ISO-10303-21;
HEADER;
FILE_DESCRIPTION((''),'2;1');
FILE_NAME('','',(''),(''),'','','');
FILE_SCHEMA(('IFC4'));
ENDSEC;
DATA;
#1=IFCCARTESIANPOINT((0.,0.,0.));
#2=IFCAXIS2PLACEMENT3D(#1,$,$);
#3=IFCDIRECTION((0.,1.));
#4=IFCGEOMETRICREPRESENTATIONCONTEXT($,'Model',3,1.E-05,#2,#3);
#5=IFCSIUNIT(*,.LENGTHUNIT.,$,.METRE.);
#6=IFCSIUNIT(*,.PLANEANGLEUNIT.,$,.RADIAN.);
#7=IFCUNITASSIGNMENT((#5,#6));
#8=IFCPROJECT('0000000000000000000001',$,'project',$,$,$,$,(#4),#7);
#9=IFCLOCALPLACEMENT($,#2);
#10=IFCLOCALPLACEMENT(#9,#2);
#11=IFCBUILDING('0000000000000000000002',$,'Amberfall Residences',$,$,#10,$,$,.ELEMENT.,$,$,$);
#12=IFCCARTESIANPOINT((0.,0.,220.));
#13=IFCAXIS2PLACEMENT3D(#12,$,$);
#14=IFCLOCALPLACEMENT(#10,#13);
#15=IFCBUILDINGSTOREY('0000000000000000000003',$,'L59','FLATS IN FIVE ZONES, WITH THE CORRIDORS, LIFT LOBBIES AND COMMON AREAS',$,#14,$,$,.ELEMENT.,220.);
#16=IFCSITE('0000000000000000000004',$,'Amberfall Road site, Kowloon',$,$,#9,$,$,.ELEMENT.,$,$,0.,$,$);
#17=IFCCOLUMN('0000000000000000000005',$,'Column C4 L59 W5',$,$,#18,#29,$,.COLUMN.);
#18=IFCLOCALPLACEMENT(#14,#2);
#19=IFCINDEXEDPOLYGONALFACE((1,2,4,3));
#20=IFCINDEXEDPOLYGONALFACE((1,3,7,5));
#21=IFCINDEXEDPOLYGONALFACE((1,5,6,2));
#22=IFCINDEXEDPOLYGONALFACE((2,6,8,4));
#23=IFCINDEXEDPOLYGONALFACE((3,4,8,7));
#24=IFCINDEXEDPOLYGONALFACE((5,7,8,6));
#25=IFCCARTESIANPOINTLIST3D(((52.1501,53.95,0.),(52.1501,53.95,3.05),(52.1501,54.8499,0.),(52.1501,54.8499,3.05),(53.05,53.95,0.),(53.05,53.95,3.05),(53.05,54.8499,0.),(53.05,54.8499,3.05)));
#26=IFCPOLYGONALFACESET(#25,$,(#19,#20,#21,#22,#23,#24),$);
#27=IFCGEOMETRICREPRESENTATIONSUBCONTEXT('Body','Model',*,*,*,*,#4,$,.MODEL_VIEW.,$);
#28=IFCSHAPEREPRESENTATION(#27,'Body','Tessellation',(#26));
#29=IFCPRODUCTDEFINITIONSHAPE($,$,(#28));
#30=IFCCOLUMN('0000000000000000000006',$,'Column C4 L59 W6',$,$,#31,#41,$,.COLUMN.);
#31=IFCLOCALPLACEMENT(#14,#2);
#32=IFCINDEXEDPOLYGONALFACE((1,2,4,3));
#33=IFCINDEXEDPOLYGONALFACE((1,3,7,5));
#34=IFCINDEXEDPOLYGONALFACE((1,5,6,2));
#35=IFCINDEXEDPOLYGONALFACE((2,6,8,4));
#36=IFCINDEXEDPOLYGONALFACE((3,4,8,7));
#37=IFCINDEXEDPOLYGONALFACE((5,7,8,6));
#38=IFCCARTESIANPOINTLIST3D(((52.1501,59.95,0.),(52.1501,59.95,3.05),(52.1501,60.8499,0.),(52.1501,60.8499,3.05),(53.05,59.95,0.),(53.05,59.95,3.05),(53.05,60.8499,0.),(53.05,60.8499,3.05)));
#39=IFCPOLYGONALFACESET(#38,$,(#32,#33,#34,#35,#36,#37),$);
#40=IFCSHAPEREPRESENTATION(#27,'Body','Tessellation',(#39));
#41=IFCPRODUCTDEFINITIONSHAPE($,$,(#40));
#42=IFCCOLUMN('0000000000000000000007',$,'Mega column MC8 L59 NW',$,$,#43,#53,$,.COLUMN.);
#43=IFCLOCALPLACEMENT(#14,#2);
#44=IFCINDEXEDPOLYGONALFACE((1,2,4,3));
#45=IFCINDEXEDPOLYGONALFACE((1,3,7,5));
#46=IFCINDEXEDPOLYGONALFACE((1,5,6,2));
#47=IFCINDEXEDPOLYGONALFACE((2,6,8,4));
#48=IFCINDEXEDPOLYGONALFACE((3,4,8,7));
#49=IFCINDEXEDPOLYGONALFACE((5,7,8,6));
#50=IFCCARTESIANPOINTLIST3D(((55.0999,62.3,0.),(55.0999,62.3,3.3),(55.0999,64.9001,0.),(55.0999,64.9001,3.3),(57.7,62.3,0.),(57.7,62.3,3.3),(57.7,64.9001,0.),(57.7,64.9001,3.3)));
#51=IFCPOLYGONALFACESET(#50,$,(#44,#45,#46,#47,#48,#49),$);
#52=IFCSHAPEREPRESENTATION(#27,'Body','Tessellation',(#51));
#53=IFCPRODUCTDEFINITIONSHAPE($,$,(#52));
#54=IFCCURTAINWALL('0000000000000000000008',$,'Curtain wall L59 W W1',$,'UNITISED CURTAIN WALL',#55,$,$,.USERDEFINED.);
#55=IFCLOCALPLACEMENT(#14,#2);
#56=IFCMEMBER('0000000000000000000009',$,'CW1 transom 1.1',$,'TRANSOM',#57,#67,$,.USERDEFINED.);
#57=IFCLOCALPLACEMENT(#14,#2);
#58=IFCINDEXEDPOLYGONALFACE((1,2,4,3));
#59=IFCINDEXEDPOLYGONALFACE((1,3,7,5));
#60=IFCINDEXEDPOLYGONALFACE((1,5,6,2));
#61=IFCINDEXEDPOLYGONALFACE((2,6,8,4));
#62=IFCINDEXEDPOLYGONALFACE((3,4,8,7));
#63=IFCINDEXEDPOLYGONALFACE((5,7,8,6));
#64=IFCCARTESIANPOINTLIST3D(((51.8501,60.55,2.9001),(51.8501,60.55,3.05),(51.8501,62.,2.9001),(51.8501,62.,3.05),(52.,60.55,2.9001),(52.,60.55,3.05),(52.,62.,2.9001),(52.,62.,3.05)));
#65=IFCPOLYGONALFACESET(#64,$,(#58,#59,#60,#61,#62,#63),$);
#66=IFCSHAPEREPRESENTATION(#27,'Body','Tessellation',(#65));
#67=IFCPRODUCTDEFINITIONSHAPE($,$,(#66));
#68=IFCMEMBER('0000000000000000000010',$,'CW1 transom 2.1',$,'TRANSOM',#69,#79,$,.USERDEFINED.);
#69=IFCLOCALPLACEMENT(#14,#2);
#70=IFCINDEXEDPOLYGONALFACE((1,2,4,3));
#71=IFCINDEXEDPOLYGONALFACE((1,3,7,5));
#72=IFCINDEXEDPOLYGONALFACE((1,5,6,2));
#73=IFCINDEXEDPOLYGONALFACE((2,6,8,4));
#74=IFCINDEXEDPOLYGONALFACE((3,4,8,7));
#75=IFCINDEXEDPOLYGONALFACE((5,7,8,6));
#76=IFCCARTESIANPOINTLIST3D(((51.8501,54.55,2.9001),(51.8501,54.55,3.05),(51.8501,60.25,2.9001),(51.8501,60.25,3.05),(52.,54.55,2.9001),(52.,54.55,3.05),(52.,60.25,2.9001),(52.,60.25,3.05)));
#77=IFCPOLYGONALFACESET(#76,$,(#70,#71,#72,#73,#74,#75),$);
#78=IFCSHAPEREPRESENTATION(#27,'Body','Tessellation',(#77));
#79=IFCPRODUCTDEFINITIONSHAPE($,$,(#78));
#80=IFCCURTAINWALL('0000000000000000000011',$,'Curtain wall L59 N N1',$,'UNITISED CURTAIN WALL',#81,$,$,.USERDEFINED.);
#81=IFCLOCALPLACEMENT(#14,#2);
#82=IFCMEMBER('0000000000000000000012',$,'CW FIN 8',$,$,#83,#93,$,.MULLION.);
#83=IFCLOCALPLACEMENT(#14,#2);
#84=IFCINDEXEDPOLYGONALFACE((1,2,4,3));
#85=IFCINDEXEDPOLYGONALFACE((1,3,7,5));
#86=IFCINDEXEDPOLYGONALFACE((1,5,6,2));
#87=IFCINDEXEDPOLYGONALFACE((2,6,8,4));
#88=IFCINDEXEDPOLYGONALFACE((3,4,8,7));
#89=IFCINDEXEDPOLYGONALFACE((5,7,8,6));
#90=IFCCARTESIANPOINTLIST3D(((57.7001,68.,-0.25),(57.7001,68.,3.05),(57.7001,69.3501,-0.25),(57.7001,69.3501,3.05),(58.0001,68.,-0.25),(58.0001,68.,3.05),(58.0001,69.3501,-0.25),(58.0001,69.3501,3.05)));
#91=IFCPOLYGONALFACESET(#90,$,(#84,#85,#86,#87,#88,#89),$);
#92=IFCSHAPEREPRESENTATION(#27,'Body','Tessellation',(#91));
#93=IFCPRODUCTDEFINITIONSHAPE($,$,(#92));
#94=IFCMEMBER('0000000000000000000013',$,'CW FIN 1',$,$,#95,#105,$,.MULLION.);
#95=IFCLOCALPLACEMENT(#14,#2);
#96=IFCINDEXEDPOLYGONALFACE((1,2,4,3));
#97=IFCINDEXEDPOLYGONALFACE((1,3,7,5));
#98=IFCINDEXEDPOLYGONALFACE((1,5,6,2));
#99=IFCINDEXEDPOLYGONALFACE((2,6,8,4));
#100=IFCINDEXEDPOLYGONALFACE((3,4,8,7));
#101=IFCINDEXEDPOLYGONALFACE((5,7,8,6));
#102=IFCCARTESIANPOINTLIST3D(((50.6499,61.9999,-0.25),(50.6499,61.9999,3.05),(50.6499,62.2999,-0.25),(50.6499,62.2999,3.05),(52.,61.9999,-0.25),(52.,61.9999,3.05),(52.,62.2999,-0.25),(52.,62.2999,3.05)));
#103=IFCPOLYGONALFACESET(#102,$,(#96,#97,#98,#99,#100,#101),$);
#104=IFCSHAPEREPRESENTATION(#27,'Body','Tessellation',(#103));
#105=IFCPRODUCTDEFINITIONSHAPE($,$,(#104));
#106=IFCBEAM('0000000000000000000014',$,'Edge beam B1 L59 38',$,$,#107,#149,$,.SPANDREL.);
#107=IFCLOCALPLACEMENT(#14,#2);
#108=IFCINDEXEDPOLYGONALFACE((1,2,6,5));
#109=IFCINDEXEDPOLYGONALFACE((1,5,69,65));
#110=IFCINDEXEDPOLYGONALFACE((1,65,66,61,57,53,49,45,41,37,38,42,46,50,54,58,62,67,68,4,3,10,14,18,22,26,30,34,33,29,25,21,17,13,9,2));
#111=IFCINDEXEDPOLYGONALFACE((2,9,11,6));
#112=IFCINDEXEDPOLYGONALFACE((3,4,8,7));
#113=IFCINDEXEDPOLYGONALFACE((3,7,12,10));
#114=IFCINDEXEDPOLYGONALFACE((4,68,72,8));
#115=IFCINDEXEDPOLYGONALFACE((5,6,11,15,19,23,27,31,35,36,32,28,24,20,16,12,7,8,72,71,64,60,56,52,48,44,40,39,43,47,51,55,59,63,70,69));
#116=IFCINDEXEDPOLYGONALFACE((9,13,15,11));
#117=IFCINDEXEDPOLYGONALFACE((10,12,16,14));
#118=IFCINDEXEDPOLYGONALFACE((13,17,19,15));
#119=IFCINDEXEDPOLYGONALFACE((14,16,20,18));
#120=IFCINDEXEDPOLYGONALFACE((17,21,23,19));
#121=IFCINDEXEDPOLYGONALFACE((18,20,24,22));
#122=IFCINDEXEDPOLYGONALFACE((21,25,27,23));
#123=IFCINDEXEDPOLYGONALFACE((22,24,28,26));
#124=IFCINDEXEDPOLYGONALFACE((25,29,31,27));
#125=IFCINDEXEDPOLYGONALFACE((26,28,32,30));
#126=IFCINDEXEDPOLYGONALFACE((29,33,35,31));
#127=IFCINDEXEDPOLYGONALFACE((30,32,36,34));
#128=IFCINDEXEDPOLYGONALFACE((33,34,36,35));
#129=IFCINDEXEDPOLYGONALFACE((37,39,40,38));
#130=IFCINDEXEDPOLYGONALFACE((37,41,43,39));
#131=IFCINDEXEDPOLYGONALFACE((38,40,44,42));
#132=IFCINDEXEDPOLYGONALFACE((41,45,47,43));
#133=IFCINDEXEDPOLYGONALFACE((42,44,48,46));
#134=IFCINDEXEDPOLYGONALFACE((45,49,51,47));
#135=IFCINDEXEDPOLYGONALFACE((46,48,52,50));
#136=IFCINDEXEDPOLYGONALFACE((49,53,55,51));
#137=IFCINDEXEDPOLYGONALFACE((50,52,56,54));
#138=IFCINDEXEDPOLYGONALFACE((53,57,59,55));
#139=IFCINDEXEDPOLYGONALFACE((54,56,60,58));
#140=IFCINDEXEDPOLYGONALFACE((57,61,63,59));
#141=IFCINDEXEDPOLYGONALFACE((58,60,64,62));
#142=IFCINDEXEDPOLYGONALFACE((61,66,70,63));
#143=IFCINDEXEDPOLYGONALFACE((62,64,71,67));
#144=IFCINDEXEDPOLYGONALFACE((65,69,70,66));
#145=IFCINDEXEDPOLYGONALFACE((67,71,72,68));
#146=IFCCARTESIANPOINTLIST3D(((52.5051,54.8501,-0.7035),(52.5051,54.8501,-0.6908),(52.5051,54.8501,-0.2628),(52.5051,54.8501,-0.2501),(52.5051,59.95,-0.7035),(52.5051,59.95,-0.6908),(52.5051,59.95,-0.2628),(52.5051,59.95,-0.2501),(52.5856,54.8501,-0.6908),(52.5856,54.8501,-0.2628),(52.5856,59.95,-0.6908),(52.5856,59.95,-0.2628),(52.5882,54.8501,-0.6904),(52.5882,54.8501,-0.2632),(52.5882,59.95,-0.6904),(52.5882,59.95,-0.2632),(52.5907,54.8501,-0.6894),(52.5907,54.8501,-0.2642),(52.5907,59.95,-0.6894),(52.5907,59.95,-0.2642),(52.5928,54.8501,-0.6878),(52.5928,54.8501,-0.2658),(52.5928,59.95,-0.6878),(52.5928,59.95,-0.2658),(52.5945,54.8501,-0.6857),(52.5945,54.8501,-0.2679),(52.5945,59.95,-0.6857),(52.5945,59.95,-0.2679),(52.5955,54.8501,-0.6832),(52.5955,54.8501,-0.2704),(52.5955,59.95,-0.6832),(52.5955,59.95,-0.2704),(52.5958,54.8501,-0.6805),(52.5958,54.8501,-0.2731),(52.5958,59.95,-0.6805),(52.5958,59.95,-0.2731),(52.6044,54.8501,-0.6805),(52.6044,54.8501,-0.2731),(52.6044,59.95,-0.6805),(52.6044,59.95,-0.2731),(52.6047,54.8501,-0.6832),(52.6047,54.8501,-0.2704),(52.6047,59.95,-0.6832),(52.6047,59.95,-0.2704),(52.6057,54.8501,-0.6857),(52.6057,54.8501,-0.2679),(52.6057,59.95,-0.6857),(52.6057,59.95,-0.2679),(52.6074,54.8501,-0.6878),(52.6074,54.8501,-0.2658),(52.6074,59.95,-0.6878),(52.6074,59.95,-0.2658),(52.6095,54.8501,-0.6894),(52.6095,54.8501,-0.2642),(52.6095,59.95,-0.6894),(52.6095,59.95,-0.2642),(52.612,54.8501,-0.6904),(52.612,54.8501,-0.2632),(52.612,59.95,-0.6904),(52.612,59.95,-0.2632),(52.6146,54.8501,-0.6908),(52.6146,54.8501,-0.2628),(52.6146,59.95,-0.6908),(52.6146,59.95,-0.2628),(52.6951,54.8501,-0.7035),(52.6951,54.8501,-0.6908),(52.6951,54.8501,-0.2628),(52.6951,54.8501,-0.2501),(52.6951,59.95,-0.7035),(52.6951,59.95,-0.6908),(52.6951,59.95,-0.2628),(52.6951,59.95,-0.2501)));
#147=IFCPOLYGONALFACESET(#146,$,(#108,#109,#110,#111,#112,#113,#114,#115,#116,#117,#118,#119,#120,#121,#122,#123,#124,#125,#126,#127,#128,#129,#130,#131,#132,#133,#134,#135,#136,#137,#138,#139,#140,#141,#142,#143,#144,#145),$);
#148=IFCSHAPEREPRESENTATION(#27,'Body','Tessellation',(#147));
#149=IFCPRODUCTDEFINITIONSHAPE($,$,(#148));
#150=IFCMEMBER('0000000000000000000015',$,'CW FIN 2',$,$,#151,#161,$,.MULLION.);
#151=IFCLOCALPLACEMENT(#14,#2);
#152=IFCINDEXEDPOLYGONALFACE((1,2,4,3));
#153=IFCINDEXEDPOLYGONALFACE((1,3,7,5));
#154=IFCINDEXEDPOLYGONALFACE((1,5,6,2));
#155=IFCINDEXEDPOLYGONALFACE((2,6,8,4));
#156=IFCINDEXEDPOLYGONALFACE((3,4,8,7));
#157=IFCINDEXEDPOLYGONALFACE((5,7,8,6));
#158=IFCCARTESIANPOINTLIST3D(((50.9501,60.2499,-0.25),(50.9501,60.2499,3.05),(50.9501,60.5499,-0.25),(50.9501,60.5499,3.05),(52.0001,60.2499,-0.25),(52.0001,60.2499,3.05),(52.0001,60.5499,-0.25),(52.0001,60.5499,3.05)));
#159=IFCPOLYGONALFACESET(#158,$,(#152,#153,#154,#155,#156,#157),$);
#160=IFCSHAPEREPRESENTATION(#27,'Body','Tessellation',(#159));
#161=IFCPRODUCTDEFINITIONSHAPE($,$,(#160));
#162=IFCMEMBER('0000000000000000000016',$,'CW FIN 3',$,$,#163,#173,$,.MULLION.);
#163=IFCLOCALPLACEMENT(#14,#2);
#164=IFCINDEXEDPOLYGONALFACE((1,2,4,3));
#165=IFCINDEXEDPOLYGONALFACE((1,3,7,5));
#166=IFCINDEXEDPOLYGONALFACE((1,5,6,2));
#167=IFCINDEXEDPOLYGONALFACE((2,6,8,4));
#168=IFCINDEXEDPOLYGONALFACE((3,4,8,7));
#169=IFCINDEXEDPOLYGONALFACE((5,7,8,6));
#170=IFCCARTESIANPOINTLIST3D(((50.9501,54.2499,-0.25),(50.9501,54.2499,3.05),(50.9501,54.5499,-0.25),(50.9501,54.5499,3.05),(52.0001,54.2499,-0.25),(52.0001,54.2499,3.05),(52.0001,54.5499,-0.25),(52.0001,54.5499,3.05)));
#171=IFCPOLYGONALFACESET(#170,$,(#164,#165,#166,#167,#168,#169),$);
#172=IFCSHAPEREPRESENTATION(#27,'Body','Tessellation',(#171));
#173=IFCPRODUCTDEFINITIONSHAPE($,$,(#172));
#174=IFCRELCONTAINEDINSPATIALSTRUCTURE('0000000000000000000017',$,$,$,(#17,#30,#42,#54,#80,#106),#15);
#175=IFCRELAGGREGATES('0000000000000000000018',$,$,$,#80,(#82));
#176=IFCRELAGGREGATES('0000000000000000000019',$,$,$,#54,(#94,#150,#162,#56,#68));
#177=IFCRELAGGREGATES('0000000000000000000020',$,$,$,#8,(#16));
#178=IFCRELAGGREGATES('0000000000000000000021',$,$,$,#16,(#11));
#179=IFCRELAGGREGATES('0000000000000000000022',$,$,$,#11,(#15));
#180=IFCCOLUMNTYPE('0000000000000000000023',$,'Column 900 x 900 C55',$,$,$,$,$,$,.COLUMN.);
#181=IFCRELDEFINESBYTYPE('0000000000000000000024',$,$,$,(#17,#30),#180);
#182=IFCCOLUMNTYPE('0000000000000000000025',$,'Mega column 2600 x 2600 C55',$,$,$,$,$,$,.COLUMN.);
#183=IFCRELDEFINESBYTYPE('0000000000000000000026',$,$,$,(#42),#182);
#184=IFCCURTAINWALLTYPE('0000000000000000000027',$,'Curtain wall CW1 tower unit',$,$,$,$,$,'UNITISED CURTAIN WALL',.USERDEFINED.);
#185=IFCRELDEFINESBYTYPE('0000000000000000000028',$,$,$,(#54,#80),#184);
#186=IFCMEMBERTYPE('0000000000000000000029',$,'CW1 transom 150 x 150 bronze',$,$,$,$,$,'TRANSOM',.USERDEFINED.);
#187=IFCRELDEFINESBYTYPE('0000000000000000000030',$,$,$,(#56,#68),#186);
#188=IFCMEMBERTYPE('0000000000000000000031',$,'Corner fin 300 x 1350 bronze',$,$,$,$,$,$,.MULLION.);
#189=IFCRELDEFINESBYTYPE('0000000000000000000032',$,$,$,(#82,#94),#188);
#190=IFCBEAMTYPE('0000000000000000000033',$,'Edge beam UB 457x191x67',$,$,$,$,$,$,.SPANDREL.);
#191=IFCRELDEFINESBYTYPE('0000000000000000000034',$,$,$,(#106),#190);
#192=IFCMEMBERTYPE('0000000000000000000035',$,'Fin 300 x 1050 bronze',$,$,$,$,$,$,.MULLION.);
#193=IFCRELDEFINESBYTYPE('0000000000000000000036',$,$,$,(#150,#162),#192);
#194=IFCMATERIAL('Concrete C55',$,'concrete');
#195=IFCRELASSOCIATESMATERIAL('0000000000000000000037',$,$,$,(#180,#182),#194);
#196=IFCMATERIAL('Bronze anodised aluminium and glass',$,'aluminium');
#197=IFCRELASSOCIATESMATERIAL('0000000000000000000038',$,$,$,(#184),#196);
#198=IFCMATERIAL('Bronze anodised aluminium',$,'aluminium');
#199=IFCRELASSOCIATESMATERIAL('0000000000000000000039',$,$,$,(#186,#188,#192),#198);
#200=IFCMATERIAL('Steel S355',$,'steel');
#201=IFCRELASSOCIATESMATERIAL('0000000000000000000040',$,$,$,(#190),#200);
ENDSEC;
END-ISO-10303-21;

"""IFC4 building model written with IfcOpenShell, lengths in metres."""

from ifc_helpers import new_model, si_unit, direction, frame, origin, origin_2d, place, context, subcontext, project, spatial, rectangle, i_section, extrude, material, material_profile, profile_set, type_object, element, aggregate, save


model = new_model("IFC4")

# Units and contexts
model_context = context("Model", 3, precision=1e-05, world=origin(), true_north=direction((0.0, 1.0)))
body_context = subcontext(model_context, "Body", "Model", "MODEL_VIEW")
ifc_project = project(units=[si_unit("LENGTHUNIT", "METRE"), si_unit("PLANEANGLEUNIT", "RADIAN")], contexts=[model_context])

# Site, building, storey
site_placement = place(None, origin())
site = spatial("IfcSite", under=ifc_project, at=site_placement, Name="Amberfall Road site, Kowloon", CompositionType="ELEMENT", RefElevation=0.0)
building_placement = place(site_placement, origin())
building = spatial("IfcBuilding", under=site, at=building_placement, Name="Amberfall Residences", CompositionType="ELEMENT")
storey_placement = place(building_placement, frame((0.0, 0.0, 220.0)))
storey = spatial("IfcBuildingStorey", under=building, at=storey_placement, Name="L59", Description="FLATS IN FIVE ZONES, WITH THE CORRIDORS, LIFT LOBBIES AND COMMON AREAS", CompositionType="ELEMENT", Elevation=220.0)

# Columns
ifc_material_1 = material(Name="Concrete C55", Category="concrete")
ifc_material_profile_1 = material_profile(ifc_material_1, rectangle(XDim=0.8999, YDim=0.8999, at=origin_2d()), Name="Column 900 x 900 C55")
ifc_profile_set_1 = profile_set([ifc_material_profile_1], Name="Concrete C55")
column_type_1 = type_object("IfcColumnType", Name="Column 900 x 900 C55", PredefinedType="COLUMN", material=ifc_profile_set_1)
for number, where, z_axis, x_axis, name in (
    (1, (52.6001, 54.3999, 0.0), (0.0, 0.0, 1.0), (1.0, 0.0, 0.0), "Column C4 L59 W5"),
    (2, (52.6001, 60.3999, 0.0), (0.0, 0.0, 1.0), (1.0, 0.0, 0.0), "Column C4 L59 W6"),
):
    element("IfcColumn", number, at=place(storey_placement, frame(where, z_axis=z_axis, x_axis=x_axis)), inside=storey, type_object=column_type_1, Name=name, PredefinedType="COLUMN", context=body_context, shape_type="SweptSolid", body=[
        extrude(rectangle(XDim=0.8999, YDim=0.8999, at=origin_2d()), origin(), (0.0, 0.0, 1.0), 3.05),
    ])
ifc_material_profile_2 = material_profile(ifc_material_1, rectangle(XDim=2.6001, YDim=2.6001, at=origin_2d()), Name="Mega column 2600 x 2600 C55")
ifc_profile_set_2 = profile_set([ifc_material_profile_2], Name="Concrete C55")
column_type_2 = type_object("IfcColumnType", Name="Mega column 2600 x 2600 C55", PredefinedType="COLUMN", material=ifc_profile_set_2)
column_placement = place(storey_placement, frame((56.3999, 63.6001, 0.0), z_axis=(0.0, 0.0, 1.0), x_axis=(1.0, 0.0, 0.0)))
element("IfcColumn", 3, at=column_placement, inside=storey, type_object=column_type_2, Name="Mega column MC8 L59 NW", PredefinedType="COLUMN", context=body_context, shape_type="SweptSolid", body=[
    extrude(rectangle(XDim=2.6001, YDim=2.6001, at=origin_2d()), origin(), (0.0, 0.0, 1.0), 3.3),
])

# Curtain wall, members
ifc_material_2 = material(Name="Bronze anodised aluminium and glass", Category="aluminium")
curtain_wall_type = type_object("IfcCurtainWallType", Name="Curtain wall CW1 tower unit", ElementType="UNITISED CURTAIN WALL", PredefinedType="USERDEFINED", material=ifc_material_2)
curtain_wall_1_placement = place(storey_placement, origin())
curtain_wall_1 = element("IfcCurtainWall", 4, at=curtain_wall_1_placement, inside=storey, type_object=curtain_wall_type, Name="Curtain wall L59 W W1", ObjectType="UNITISED CURTAIN WALL", PredefinedType="USERDEFINED")
ifc_material_3 = material(Name="Bronze anodised aluminium", Category="aluminium")
ifc_material_profile_3 = material_profile(ifc_material_3, rectangle(XDim=0.1499, YDim=0.1499, at=origin_2d()), Name="CW1 transom 150 x 150 bronze")
ifc_profile_set_3 = profile_set([ifc_material_profile_3], Name="Bronze anodised aluminium")
member_type_1 = type_object("IfcMemberType", Name="CW1 transom 150 x 150 bronze", ElementType="TRANSOM", PredefinedType="USERDEFINED", material=ifc_profile_set_3)
member_1_placement = place(storey_placement, frame((51.925, 62.0, 2.9751), z_axis=(0.0, -1.0, 0.0), x_axis=(1.0, 0.0, 0.0)))
member_1 = element("IfcMember", 5, at=member_1_placement, type_object=member_type_1, Name="CW1 transom 1.1", ObjectType="TRANSOM", PredefinedType="USERDEFINED", context=body_context, shape_type="SweptSolid", body=[
    extrude(rectangle(XDim=0.1499, YDim=0.1499, at=origin_2d()), origin(), (0.0, 0.0, 1.0), 1.45),
])
member_2_placement = place(storey_placement, frame((51.925, 60.25, 2.9751), z_axis=(0.0, -1.0, 0.0), x_axis=(1.0, 0.0, 0.0)))
member_2 = element("IfcMember", 6, at=member_2_placement, type_object=member_type_1, Name="CW1 transom 2.1", ObjectType="TRANSOM", PredefinedType="USERDEFINED", context=body_context, shape_type="SweptSolid", body=[
    extrude(rectangle(XDim=0.1499, YDim=0.1499, at=origin_2d()), origin(), (0.0, 0.0, 1.0), 5.7),
])

# Curtain wall, member
curtain_wall_2_placement = place(storey_placement, origin())
curtain_wall_2 = element("IfcCurtainWall", 7, at=curtain_wall_2_placement, inside=storey, type_object=curtain_wall_type, Name="Curtain wall L59 N N1", ObjectType="UNITISED CURTAIN WALL", PredefinedType="USERDEFINED")
ifc_material_profile_4 = material_profile(ifc_material_3, rectangle(XDim=1.3501, YDim=0.3, at=origin_2d()), Name="Corner fin 300 x 1350 bronze")
ifc_profile_set_4 = profile_set([ifc_material_profile_4], Name="Bronze anodised aluminium")
member_type_2 = type_object("IfcMemberType", Name="Corner fin 300 x 1350 bronze", PredefinedType="MULLION", material=ifc_profile_set_4)
member_3_placement = place(storey_placement, frame((57.8501, 68.675, -0.25), z_axis=(0.0, 0.0, 1.0), x_axis=(0.0, -1.0, 0.0)))
member_3 = element("IfcMember", 8, at=member_3_placement, type_object=member_type_2, Name="CW FIN 8", PredefinedType="MULLION", context=body_context, shape_type="SweptSolid", body=[
    extrude(rectangle(XDim=1.3501, YDim=0.3, at=origin_2d()), origin(), (0.0, 0.0, 1.0), 3.3),
])

# Member
member_4_placement = place(storey_placement, frame((51.325, 62.1499, -0.25), z_axis=(0.0, 0.0, 1.0), x_axis=(1.0, 0.0, 0.0)))
member_4 = element("IfcMember", 9, at=member_4_placement, type_object=member_type_2, Name="CW FIN 1", PredefinedType="MULLION", context=body_context, shape_type="SweptSolid", body=[
    extrude(rectangle(XDim=1.3501, YDim=0.3, at=origin_2d()), origin(), (0.0, 0.0, 1.0), 3.3),
])

# Beam
ifc_material_4 = material(Name="Steel S355", Category="steel")
ifc_material_profile_5 = material_profile(ifc_material_4, i_section(OverallWidth=0.1899, OverallDepth=0.4534, WebThickness=0.0085, FlangeThickness=0.0127, FilletRadius=0.0103, at=origin_2d()), Name="UB 457x191x67")
ifc_profile_set_5 = profile_set([ifc_material_profile_5], Name="Steel S355")
beam_type_1 = type_object("IfcBeamType", Name="Edge beam UB 457x191x67", PredefinedType="SPANDREL", material=ifc_profile_set_5)
beam_1_placement = place(storey_placement, frame((52.6001, 54.8501, -0.4768), z_axis=(0.0, 1.0, 0.0), x_axis=(-1.0, 0.0, 0.0)))
element("IfcBeam", 10, at=beam_1_placement, inside=storey, type_object=beam_type_1, Name="Edge beam B1 L59 38", PredefinedType="SPANDREL", context=body_context, shape_type="SweptSolid", body=[
    extrude(i_section(OverallWidth=0.1899, OverallDepth=0.4534, WebThickness=0.0085, FlangeThickness=0.0127, FilletRadius=0.0103, at=origin_2d()), origin(), (0.0, 0.0, 1.0), 5.0999),
])

# Members
ifc_material_profile_6 = material_profile(ifc_material_3, rectangle(XDim=1.05, YDim=0.3, at=origin_2d()), Name="Fin 300 x 1050 bronze")
ifc_profile_set_6 = profile_set([ifc_material_profile_6], Name="Bronze anodised aluminium")
member_type_3 = type_object("IfcMemberType", Name="Fin 300 x 1050 bronze", PredefinedType="MULLION", material=ifc_profile_set_6)
member_5_placement = place(storey_placement, frame((51.4751, 60.3999, -0.25), z_axis=(0.0, 0.0, 1.0), x_axis=(1.0, 0.0, 0.0)))
member_5 = element("IfcMember", 11, at=member_5_placement, type_object=member_type_3, Name="CW FIN 2", PredefinedType="MULLION", context=body_context, shape_type="SweptSolid", body=[
    extrude(rectangle(XDim=1.05, YDim=0.3, at=origin_2d()), origin(), (0.0, 0.0, 1.0), 3.3),
])
member_6_placement = place(storey_placement, frame((51.4751, 54.3999, -0.25), z_axis=(0.0, 0.0, 1.0), x_axis=(1.0, 0.0, 0.0)))
member_6 = element("IfcMember", 12, at=member_6_placement, type_object=member_type_3, Name="CW FIN 3", PredefinedType="MULLION", context=body_context, shape_type="SweptSolid", body=[
    extrude(rectangle(XDim=1.05, YDim=0.3, at=origin_2d()), origin(), (0.0, 0.0, 1.0), 3.3),
])

aggregate(curtain_wall_2, [member_3])
aggregate(curtain_wall_1, [member_4, member_5, member_6, member_1, member_2])

save(model, "model.ifc")
